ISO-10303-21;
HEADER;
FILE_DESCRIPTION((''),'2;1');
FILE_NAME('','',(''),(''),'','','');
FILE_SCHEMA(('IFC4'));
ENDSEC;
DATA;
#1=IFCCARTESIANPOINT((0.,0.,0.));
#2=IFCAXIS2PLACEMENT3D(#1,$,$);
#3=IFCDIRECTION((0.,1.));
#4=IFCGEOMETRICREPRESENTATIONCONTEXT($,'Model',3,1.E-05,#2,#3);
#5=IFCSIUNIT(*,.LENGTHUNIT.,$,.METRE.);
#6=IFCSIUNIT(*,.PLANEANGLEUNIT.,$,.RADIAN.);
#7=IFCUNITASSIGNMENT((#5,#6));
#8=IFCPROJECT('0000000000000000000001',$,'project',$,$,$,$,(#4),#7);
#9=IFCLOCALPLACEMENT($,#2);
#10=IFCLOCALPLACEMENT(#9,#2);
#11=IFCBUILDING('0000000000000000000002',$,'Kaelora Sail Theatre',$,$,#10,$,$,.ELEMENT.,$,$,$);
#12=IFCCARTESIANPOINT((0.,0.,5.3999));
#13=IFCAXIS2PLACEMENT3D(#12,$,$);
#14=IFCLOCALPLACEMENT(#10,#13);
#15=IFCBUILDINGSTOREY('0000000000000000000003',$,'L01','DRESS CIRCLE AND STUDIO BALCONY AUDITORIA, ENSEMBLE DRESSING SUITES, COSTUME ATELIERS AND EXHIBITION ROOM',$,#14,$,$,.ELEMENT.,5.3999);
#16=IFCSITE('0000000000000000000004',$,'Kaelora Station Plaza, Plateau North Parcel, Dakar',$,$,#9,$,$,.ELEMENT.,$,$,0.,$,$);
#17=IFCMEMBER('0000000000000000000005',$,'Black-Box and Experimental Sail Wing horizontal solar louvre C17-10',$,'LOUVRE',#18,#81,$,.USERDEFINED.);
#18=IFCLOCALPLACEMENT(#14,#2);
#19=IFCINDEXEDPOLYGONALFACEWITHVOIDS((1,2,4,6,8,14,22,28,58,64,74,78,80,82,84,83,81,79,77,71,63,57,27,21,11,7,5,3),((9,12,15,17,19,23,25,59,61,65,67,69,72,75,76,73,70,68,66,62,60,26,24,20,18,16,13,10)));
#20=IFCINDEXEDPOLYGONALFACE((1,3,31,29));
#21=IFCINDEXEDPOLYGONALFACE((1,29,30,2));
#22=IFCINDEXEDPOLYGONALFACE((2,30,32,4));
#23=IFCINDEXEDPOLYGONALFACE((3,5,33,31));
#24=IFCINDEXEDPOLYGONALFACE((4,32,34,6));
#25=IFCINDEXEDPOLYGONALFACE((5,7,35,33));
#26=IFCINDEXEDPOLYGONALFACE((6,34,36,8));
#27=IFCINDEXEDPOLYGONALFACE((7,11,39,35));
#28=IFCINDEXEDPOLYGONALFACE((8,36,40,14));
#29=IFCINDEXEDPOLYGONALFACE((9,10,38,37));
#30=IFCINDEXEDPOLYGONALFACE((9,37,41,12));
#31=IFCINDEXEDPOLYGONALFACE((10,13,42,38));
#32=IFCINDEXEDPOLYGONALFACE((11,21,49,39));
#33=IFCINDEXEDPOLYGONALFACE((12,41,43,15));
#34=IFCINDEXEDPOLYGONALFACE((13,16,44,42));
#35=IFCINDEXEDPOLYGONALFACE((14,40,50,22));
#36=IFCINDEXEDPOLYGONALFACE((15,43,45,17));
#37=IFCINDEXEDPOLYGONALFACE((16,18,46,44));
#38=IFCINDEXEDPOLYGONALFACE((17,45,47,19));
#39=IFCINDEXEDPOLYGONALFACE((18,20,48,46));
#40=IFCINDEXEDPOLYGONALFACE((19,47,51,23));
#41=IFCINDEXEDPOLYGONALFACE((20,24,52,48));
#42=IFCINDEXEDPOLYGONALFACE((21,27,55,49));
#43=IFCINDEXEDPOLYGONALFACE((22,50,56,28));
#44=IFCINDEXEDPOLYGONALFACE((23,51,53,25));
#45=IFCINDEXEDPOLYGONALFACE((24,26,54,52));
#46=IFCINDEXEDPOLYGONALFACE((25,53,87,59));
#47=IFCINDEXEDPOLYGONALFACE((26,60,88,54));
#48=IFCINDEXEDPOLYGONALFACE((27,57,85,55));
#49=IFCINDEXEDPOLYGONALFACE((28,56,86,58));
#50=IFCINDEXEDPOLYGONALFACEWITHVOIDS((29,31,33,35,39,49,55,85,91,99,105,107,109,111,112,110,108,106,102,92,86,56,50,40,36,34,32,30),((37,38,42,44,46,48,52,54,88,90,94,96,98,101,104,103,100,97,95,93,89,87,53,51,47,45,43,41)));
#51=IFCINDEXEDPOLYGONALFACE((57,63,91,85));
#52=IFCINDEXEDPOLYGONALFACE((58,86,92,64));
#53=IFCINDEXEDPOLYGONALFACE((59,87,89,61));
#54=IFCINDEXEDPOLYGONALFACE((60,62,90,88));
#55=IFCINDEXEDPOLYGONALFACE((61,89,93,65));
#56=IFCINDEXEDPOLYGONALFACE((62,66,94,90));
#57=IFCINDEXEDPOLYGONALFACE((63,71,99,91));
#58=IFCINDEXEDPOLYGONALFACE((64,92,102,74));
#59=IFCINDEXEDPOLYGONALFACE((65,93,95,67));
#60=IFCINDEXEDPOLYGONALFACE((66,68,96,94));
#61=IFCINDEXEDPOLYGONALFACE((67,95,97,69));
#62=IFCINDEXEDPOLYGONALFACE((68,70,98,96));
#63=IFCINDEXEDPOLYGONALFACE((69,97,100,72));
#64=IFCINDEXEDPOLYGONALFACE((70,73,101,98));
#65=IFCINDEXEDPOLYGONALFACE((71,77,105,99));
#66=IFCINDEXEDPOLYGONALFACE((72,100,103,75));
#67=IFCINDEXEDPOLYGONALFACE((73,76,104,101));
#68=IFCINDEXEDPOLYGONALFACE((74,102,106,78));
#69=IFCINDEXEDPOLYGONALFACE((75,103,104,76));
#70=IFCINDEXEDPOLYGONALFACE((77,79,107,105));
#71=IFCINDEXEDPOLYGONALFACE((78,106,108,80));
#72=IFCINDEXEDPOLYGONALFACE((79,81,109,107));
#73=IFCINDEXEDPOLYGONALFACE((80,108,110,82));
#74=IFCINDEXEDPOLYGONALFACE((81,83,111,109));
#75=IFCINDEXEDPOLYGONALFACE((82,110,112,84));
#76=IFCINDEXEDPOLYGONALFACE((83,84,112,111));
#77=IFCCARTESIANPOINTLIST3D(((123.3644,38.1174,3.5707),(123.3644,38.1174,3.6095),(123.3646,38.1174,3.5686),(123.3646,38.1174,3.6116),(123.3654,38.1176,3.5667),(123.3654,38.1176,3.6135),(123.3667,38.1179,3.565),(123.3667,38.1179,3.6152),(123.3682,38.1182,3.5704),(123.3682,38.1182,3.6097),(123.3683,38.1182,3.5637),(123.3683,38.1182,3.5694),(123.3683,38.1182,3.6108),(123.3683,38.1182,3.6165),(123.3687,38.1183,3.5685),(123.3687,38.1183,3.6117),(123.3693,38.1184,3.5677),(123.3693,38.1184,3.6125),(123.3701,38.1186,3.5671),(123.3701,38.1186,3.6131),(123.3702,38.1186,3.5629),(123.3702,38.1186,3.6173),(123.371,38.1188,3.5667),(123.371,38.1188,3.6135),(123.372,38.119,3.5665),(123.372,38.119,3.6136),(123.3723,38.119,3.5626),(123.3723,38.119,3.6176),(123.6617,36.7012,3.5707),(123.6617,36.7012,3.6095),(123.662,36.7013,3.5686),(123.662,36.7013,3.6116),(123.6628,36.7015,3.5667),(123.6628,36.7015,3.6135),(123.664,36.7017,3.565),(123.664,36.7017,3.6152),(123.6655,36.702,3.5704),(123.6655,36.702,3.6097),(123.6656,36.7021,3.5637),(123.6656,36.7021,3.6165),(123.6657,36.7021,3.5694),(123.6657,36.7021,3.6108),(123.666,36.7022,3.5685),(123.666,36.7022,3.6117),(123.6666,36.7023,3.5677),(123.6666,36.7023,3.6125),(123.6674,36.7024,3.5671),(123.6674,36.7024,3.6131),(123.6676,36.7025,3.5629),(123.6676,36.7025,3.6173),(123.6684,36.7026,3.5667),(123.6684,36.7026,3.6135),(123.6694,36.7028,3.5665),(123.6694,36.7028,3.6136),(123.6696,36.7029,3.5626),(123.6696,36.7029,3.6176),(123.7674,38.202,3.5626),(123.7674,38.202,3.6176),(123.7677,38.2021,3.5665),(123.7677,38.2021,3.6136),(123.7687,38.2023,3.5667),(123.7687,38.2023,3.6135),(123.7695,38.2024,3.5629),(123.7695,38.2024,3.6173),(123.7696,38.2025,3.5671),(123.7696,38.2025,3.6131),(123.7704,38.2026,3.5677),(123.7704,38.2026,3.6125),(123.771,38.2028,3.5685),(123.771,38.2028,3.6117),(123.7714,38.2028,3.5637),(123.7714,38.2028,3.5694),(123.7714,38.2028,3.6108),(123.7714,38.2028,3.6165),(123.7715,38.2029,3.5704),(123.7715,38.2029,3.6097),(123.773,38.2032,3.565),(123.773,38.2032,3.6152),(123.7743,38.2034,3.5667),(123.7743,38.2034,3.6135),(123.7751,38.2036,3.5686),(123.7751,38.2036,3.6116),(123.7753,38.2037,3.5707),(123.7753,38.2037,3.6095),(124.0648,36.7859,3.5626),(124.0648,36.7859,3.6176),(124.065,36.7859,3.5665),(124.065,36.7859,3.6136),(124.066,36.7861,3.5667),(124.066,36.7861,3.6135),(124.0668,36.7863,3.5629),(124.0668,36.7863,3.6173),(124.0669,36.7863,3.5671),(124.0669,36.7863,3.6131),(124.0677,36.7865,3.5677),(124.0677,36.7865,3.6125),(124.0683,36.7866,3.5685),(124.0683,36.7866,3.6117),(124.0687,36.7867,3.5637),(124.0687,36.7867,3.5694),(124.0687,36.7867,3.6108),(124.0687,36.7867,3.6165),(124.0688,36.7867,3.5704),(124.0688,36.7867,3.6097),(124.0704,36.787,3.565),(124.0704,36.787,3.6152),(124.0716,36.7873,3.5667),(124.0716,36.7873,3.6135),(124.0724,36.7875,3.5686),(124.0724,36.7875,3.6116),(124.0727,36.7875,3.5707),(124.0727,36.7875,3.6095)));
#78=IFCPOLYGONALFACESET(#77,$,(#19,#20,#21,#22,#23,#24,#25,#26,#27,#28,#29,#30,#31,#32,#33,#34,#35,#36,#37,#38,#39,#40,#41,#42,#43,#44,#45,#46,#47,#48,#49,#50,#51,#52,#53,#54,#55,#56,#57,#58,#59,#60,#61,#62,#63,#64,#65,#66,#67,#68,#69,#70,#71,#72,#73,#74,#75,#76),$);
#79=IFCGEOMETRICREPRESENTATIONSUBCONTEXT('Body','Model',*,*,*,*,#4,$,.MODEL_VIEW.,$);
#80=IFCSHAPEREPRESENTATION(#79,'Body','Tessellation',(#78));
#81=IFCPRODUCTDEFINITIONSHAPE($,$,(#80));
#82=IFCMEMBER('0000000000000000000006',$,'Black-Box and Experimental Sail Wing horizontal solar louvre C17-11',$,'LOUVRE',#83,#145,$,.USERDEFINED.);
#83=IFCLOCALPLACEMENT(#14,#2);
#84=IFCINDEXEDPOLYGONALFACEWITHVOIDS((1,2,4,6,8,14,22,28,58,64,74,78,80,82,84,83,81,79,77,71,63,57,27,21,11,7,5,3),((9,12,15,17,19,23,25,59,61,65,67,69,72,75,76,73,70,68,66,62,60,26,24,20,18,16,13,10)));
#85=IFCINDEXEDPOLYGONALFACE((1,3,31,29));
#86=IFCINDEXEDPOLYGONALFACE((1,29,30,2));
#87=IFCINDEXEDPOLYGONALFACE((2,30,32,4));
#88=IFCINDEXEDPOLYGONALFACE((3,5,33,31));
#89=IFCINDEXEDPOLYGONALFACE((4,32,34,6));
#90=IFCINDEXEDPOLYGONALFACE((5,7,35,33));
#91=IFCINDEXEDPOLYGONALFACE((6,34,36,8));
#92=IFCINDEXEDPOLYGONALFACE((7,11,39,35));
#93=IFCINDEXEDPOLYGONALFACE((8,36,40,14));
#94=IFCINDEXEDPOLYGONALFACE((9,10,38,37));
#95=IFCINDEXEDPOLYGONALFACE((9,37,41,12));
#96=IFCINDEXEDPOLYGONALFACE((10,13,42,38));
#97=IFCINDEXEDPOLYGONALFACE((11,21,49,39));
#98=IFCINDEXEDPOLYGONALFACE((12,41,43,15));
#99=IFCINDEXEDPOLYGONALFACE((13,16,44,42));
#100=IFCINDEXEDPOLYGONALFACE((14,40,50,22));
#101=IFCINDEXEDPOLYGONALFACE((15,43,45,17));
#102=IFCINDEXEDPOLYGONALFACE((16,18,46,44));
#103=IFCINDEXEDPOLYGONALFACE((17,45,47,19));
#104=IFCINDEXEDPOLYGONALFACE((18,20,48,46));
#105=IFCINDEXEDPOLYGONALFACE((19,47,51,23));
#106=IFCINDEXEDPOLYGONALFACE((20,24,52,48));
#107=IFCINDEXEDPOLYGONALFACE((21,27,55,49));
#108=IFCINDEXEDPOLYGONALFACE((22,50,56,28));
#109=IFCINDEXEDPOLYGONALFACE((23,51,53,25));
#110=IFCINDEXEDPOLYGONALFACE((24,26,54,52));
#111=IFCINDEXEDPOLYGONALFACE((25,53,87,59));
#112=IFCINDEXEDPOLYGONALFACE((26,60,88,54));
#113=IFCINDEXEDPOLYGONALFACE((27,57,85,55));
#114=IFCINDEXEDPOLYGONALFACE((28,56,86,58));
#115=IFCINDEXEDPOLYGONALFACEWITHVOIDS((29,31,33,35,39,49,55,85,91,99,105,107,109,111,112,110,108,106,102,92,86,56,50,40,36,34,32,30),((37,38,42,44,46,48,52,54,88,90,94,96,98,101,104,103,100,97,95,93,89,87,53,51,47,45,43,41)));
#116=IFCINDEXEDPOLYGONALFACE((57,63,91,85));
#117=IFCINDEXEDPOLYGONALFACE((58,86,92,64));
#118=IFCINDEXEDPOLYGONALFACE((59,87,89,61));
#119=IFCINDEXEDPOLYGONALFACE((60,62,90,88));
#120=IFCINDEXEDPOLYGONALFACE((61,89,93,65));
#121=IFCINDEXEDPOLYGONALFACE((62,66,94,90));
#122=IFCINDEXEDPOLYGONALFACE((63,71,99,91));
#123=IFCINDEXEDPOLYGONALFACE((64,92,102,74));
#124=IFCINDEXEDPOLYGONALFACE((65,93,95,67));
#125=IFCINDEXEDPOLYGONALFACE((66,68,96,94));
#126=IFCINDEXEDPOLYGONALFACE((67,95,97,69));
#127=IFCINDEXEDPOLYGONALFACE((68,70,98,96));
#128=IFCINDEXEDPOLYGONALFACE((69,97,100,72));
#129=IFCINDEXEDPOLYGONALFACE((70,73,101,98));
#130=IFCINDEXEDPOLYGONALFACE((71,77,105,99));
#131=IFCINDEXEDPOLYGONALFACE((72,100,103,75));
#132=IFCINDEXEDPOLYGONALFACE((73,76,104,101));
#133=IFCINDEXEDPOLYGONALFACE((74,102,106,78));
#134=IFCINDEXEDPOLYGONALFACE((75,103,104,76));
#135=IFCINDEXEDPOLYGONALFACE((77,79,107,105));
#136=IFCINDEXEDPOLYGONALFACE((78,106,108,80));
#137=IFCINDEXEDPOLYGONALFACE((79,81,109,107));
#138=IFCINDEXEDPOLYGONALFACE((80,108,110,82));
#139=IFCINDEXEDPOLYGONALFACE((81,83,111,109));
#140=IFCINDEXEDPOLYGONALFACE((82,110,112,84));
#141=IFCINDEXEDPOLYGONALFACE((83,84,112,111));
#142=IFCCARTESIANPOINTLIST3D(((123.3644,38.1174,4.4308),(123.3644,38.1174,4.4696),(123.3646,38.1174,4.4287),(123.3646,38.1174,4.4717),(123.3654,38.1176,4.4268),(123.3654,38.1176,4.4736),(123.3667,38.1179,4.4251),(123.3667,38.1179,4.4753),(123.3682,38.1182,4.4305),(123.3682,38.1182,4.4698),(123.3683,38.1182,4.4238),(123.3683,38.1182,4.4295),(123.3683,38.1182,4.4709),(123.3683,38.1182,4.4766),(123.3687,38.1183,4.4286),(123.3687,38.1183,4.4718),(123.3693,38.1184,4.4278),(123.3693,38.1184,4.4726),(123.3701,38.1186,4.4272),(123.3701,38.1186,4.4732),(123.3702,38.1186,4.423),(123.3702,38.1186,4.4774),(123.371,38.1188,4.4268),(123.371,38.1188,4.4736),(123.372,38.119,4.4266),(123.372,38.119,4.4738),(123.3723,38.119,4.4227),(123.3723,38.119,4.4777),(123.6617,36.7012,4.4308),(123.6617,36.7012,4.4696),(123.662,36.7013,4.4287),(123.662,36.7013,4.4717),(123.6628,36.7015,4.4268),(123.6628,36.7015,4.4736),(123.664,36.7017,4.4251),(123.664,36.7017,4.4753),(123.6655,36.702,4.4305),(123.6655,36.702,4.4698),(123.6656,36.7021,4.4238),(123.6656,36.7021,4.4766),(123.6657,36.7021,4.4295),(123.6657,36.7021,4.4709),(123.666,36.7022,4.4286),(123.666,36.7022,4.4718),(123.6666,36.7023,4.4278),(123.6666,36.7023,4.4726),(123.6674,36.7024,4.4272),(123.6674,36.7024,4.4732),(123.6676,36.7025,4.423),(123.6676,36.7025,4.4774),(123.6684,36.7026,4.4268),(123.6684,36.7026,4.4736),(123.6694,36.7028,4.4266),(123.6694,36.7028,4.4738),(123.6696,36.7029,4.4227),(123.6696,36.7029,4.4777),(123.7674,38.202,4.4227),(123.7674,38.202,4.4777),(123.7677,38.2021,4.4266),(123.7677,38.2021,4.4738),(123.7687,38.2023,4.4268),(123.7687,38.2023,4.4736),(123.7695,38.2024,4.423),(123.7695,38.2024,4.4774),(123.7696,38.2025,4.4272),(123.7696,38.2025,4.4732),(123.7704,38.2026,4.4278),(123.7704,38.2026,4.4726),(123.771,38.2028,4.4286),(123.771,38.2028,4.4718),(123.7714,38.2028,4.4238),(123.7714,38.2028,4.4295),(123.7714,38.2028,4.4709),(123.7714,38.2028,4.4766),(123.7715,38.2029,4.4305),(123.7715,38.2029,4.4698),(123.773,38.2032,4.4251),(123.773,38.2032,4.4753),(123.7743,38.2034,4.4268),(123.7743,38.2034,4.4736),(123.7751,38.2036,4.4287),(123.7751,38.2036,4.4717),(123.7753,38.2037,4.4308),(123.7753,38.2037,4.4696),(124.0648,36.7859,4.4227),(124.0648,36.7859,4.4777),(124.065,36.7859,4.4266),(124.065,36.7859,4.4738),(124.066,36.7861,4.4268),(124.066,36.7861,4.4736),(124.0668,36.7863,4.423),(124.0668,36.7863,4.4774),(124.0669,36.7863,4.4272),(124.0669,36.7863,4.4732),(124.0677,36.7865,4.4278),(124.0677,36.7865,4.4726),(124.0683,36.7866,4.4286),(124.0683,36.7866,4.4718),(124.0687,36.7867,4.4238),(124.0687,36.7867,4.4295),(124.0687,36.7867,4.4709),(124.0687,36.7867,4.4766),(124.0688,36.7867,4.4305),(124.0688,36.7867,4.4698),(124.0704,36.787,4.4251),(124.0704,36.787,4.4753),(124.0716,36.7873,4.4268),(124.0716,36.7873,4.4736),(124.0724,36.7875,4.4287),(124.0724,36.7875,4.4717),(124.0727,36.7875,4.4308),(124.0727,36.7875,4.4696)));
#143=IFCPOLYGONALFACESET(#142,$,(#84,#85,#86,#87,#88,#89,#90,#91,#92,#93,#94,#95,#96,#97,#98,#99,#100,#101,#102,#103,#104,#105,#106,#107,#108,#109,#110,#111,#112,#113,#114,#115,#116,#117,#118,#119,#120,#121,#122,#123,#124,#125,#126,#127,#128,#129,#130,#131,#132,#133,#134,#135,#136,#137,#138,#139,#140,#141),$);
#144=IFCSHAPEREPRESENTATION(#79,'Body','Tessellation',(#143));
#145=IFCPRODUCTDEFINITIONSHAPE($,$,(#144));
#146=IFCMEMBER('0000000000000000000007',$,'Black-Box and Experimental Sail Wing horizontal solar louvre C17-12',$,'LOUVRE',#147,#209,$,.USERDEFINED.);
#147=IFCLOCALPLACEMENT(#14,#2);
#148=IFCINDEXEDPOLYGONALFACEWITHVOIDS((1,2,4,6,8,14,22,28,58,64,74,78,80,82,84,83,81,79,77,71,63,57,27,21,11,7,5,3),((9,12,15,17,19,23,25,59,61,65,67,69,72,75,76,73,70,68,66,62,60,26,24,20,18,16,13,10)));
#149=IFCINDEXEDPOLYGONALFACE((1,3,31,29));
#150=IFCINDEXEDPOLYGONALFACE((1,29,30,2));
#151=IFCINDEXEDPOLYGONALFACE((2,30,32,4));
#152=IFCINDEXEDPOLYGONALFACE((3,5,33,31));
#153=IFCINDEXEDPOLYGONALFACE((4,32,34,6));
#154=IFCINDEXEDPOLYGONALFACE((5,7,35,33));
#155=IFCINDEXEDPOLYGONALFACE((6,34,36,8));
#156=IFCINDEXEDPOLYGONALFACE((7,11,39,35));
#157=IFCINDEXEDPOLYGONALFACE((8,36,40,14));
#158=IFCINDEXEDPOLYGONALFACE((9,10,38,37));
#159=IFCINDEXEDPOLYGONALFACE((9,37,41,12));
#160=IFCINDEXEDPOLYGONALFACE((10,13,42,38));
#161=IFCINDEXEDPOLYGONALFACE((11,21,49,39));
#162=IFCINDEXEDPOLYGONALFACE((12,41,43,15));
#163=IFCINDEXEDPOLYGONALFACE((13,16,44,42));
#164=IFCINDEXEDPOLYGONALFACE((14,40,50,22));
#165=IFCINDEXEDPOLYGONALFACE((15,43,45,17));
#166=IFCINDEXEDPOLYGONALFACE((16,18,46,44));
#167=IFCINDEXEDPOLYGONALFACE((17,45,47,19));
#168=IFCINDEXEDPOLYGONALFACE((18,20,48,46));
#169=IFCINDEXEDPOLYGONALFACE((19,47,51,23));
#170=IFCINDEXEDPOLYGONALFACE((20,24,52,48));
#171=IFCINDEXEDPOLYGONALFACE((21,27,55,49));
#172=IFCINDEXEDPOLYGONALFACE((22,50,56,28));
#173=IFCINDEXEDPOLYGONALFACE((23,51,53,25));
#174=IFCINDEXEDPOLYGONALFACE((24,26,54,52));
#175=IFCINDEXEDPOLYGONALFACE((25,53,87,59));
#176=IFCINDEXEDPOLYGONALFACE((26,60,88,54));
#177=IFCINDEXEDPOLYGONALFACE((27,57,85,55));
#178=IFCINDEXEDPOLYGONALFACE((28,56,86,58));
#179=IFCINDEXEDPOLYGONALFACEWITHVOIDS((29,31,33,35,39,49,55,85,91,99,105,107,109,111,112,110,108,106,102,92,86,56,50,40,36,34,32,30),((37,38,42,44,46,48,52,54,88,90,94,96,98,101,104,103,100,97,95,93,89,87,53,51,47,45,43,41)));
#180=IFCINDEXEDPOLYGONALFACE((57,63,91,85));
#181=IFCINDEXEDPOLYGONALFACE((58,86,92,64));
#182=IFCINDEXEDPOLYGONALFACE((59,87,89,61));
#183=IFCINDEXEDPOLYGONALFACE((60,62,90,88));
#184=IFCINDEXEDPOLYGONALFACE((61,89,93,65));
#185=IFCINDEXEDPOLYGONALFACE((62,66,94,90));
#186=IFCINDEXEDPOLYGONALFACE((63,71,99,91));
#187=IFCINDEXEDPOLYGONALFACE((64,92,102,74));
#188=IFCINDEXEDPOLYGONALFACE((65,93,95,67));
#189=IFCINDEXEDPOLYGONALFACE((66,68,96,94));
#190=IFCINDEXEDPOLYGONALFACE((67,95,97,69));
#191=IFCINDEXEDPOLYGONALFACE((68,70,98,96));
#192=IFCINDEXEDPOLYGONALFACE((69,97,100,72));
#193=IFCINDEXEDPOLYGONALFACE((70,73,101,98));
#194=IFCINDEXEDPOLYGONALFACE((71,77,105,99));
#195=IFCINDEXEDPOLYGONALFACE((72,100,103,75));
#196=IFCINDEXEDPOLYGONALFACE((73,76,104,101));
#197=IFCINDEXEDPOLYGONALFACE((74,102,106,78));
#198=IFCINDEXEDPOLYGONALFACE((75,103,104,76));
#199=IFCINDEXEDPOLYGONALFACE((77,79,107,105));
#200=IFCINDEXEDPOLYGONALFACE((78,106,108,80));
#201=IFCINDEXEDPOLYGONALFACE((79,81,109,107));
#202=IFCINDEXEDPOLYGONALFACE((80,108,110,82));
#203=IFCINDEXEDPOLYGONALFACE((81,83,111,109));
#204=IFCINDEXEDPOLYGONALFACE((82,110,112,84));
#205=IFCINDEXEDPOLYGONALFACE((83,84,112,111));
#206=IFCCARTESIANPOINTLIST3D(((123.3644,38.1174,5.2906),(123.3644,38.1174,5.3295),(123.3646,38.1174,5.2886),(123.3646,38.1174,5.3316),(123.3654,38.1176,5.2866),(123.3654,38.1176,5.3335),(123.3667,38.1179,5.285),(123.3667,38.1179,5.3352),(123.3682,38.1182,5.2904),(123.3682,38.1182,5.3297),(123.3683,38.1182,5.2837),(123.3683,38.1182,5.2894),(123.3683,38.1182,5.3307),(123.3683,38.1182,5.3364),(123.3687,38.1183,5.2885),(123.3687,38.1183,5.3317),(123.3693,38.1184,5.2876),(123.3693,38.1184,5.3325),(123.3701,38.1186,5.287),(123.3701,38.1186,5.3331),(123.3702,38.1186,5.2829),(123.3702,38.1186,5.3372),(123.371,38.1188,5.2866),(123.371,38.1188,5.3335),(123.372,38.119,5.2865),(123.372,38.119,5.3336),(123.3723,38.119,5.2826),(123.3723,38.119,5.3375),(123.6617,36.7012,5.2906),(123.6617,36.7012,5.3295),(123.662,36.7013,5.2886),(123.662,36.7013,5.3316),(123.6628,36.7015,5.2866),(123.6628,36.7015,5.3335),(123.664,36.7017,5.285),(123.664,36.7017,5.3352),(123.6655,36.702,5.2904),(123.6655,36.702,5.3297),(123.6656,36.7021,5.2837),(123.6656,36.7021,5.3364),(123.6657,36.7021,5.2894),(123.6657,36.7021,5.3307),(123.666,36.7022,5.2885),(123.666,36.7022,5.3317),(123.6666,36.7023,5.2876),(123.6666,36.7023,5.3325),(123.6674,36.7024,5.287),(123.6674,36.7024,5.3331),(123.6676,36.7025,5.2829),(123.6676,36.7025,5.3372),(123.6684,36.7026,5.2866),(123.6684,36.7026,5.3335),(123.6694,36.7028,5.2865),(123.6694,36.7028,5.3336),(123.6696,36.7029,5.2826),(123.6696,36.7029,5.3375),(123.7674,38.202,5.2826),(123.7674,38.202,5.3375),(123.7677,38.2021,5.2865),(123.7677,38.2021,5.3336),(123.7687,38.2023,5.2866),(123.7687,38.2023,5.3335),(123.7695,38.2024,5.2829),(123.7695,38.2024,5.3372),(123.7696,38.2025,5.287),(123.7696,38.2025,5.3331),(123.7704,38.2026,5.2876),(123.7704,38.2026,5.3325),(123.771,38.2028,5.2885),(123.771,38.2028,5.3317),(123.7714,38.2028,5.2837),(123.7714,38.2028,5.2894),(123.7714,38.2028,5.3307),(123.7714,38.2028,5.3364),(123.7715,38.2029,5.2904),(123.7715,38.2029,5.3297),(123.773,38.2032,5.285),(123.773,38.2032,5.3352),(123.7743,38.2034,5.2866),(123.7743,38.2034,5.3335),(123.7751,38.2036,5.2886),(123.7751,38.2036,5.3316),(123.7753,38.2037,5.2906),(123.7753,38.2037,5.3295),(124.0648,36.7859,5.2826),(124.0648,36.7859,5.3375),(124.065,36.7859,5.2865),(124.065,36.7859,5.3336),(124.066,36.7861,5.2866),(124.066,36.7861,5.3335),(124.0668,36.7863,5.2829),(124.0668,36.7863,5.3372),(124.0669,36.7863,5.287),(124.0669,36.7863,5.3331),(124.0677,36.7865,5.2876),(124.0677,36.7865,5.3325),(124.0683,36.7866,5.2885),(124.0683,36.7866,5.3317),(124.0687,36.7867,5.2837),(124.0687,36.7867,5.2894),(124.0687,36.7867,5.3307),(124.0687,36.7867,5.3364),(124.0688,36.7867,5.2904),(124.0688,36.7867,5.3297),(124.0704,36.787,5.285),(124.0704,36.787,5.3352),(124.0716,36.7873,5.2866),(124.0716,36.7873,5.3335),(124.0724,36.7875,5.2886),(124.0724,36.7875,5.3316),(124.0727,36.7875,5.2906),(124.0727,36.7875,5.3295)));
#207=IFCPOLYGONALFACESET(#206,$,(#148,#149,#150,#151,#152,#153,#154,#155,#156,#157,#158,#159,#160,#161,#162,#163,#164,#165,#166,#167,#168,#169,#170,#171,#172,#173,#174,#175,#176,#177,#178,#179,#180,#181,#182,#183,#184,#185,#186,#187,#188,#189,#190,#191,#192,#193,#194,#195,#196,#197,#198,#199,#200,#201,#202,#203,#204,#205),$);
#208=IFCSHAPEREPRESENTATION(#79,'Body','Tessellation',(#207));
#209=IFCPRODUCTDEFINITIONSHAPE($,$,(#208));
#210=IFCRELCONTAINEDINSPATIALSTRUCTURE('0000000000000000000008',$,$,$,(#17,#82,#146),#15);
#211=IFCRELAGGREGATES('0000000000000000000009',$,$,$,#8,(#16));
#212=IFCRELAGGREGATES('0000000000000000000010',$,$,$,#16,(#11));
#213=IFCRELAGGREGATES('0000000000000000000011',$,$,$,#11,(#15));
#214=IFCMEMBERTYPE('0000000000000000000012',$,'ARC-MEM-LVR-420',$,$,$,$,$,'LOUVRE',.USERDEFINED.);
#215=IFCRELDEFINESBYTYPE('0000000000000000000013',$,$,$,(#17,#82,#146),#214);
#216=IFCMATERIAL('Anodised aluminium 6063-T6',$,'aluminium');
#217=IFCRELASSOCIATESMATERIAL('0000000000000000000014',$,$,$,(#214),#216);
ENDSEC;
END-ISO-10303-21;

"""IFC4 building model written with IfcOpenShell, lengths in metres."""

from ifc_helpers import new_model, si_unit, direction, frame, origin, origin_2d, place, context, subcontext, project, spatial, hollow_rectangle, extrude, material, material_profile, profile_set, type_object, element, save


model = new_model("IFC4")

# Units and contexts
model_context = context("Model", 3, precision=1e-05, world=origin(), true_north=direction((0.0, 1.0)))
body_context = subcontext(model_context, "Body", "Model", "MODEL_VIEW")
ifc_project = project(units=[si_unit("LENGTHUNIT", "METRE"), si_unit("PLANEANGLEUNIT", "RADIAN")], contexts=[model_context])

# Site, building, storey
site_placement = place(None, origin())
site = spatial("IfcSite", under=ifc_project, at=site_placement, Name="Kaelora Station Plaza, Plateau North Parcel, Dakar", CompositionType="ELEMENT", RefElevation=0.0)
building_placement = place(site_placement, origin())
building = spatial("IfcBuilding", under=site, at=building_placement, Name="Kaelora Sail Theatre", CompositionType="ELEMENT")
storey_placement = place(building_placement, frame((0.0, 0.0, 5.3999)))
storey = spatial("IfcBuildingStorey", under=building, at=storey_placement, Name="L01", Description="DRESS CIRCLE AND STUDIO BALCONY AUDITORIA, ENSEMBLE DRESSING SUITES, COSTUME ATELIERS AND EXHIBITION ROOM", CompositionType="ELEMENT", Elevation=5.3999)

# Members
ifc_material_1 = material(Name="Anodised aluminium 6063-T6", Category="aluminium")
ifc_material_profile_1 = material_profile(ifc_material_1, hollow_rectangle(XDim=0.4199, YDim=0.0549, WallThickness=0.0039, InnerFilletRadius=0.0039, OuterFilletRadius=0.0081, at=origin_2d()), Name="LOUVRE 420x55x4")
ifc_profile_set_1 = profile_set([ifc_material_profile_1], Name="Anodised aluminium 6063-T6")
member_type = type_object("IfcMemberType", Name="ARC-MEM-LVR-420", ElementType="LOUVRE", PredefinedType="USERDEFINED", material=ifc_profile_set_1)
for number, where, z_axis, x_axis, name in (
    (1, (123.8672, 36.7444, 3.5901), (-0.205483, 0.978661, 0.0), (-0.978661, -0.205483, 0.0), "Black-Box and Experimental Sail Wing horizontal solar louvre C17-10"),
    (2, (123.8672, 36.7444, 4.4502), (-0.205483, 0.978661, 0.0), (-0.978661, -0.205483, 0.0), "Black-Box and Experimental Sail Wing horizontal solar louvre C17-11"),
    (3, (123.8672, 36.7444, 5.3101), (-0.205483, 0.978661, 0.0), (-0.978661, -0.205483, 0.0), "Black-Box and Experimental Sail Wing horizontal solar louvre C17-12"),
):
    element("IfcMember", number, at=place(storey_placement, frame(where, z_axis=z_axis, x_axis=x_axis)), inside=storey, type_object=member_type, Name=name, ObjectType="LOUVRE", PredefinedType="USERDEFINED", context=body_context, shape_type="SweptSolid", body=[
        extrude(hollow_rectangle(XDim=0.4199, YDim=0.0549, WallThickness=0.0039, InnerFilletRadius=0.0039, OuterFilletRadius=0.0081, at=origin_2d()), origin(), (0.0, 0.0, 1.0), 1.447),
    ])

save(model, "model.ifc")
